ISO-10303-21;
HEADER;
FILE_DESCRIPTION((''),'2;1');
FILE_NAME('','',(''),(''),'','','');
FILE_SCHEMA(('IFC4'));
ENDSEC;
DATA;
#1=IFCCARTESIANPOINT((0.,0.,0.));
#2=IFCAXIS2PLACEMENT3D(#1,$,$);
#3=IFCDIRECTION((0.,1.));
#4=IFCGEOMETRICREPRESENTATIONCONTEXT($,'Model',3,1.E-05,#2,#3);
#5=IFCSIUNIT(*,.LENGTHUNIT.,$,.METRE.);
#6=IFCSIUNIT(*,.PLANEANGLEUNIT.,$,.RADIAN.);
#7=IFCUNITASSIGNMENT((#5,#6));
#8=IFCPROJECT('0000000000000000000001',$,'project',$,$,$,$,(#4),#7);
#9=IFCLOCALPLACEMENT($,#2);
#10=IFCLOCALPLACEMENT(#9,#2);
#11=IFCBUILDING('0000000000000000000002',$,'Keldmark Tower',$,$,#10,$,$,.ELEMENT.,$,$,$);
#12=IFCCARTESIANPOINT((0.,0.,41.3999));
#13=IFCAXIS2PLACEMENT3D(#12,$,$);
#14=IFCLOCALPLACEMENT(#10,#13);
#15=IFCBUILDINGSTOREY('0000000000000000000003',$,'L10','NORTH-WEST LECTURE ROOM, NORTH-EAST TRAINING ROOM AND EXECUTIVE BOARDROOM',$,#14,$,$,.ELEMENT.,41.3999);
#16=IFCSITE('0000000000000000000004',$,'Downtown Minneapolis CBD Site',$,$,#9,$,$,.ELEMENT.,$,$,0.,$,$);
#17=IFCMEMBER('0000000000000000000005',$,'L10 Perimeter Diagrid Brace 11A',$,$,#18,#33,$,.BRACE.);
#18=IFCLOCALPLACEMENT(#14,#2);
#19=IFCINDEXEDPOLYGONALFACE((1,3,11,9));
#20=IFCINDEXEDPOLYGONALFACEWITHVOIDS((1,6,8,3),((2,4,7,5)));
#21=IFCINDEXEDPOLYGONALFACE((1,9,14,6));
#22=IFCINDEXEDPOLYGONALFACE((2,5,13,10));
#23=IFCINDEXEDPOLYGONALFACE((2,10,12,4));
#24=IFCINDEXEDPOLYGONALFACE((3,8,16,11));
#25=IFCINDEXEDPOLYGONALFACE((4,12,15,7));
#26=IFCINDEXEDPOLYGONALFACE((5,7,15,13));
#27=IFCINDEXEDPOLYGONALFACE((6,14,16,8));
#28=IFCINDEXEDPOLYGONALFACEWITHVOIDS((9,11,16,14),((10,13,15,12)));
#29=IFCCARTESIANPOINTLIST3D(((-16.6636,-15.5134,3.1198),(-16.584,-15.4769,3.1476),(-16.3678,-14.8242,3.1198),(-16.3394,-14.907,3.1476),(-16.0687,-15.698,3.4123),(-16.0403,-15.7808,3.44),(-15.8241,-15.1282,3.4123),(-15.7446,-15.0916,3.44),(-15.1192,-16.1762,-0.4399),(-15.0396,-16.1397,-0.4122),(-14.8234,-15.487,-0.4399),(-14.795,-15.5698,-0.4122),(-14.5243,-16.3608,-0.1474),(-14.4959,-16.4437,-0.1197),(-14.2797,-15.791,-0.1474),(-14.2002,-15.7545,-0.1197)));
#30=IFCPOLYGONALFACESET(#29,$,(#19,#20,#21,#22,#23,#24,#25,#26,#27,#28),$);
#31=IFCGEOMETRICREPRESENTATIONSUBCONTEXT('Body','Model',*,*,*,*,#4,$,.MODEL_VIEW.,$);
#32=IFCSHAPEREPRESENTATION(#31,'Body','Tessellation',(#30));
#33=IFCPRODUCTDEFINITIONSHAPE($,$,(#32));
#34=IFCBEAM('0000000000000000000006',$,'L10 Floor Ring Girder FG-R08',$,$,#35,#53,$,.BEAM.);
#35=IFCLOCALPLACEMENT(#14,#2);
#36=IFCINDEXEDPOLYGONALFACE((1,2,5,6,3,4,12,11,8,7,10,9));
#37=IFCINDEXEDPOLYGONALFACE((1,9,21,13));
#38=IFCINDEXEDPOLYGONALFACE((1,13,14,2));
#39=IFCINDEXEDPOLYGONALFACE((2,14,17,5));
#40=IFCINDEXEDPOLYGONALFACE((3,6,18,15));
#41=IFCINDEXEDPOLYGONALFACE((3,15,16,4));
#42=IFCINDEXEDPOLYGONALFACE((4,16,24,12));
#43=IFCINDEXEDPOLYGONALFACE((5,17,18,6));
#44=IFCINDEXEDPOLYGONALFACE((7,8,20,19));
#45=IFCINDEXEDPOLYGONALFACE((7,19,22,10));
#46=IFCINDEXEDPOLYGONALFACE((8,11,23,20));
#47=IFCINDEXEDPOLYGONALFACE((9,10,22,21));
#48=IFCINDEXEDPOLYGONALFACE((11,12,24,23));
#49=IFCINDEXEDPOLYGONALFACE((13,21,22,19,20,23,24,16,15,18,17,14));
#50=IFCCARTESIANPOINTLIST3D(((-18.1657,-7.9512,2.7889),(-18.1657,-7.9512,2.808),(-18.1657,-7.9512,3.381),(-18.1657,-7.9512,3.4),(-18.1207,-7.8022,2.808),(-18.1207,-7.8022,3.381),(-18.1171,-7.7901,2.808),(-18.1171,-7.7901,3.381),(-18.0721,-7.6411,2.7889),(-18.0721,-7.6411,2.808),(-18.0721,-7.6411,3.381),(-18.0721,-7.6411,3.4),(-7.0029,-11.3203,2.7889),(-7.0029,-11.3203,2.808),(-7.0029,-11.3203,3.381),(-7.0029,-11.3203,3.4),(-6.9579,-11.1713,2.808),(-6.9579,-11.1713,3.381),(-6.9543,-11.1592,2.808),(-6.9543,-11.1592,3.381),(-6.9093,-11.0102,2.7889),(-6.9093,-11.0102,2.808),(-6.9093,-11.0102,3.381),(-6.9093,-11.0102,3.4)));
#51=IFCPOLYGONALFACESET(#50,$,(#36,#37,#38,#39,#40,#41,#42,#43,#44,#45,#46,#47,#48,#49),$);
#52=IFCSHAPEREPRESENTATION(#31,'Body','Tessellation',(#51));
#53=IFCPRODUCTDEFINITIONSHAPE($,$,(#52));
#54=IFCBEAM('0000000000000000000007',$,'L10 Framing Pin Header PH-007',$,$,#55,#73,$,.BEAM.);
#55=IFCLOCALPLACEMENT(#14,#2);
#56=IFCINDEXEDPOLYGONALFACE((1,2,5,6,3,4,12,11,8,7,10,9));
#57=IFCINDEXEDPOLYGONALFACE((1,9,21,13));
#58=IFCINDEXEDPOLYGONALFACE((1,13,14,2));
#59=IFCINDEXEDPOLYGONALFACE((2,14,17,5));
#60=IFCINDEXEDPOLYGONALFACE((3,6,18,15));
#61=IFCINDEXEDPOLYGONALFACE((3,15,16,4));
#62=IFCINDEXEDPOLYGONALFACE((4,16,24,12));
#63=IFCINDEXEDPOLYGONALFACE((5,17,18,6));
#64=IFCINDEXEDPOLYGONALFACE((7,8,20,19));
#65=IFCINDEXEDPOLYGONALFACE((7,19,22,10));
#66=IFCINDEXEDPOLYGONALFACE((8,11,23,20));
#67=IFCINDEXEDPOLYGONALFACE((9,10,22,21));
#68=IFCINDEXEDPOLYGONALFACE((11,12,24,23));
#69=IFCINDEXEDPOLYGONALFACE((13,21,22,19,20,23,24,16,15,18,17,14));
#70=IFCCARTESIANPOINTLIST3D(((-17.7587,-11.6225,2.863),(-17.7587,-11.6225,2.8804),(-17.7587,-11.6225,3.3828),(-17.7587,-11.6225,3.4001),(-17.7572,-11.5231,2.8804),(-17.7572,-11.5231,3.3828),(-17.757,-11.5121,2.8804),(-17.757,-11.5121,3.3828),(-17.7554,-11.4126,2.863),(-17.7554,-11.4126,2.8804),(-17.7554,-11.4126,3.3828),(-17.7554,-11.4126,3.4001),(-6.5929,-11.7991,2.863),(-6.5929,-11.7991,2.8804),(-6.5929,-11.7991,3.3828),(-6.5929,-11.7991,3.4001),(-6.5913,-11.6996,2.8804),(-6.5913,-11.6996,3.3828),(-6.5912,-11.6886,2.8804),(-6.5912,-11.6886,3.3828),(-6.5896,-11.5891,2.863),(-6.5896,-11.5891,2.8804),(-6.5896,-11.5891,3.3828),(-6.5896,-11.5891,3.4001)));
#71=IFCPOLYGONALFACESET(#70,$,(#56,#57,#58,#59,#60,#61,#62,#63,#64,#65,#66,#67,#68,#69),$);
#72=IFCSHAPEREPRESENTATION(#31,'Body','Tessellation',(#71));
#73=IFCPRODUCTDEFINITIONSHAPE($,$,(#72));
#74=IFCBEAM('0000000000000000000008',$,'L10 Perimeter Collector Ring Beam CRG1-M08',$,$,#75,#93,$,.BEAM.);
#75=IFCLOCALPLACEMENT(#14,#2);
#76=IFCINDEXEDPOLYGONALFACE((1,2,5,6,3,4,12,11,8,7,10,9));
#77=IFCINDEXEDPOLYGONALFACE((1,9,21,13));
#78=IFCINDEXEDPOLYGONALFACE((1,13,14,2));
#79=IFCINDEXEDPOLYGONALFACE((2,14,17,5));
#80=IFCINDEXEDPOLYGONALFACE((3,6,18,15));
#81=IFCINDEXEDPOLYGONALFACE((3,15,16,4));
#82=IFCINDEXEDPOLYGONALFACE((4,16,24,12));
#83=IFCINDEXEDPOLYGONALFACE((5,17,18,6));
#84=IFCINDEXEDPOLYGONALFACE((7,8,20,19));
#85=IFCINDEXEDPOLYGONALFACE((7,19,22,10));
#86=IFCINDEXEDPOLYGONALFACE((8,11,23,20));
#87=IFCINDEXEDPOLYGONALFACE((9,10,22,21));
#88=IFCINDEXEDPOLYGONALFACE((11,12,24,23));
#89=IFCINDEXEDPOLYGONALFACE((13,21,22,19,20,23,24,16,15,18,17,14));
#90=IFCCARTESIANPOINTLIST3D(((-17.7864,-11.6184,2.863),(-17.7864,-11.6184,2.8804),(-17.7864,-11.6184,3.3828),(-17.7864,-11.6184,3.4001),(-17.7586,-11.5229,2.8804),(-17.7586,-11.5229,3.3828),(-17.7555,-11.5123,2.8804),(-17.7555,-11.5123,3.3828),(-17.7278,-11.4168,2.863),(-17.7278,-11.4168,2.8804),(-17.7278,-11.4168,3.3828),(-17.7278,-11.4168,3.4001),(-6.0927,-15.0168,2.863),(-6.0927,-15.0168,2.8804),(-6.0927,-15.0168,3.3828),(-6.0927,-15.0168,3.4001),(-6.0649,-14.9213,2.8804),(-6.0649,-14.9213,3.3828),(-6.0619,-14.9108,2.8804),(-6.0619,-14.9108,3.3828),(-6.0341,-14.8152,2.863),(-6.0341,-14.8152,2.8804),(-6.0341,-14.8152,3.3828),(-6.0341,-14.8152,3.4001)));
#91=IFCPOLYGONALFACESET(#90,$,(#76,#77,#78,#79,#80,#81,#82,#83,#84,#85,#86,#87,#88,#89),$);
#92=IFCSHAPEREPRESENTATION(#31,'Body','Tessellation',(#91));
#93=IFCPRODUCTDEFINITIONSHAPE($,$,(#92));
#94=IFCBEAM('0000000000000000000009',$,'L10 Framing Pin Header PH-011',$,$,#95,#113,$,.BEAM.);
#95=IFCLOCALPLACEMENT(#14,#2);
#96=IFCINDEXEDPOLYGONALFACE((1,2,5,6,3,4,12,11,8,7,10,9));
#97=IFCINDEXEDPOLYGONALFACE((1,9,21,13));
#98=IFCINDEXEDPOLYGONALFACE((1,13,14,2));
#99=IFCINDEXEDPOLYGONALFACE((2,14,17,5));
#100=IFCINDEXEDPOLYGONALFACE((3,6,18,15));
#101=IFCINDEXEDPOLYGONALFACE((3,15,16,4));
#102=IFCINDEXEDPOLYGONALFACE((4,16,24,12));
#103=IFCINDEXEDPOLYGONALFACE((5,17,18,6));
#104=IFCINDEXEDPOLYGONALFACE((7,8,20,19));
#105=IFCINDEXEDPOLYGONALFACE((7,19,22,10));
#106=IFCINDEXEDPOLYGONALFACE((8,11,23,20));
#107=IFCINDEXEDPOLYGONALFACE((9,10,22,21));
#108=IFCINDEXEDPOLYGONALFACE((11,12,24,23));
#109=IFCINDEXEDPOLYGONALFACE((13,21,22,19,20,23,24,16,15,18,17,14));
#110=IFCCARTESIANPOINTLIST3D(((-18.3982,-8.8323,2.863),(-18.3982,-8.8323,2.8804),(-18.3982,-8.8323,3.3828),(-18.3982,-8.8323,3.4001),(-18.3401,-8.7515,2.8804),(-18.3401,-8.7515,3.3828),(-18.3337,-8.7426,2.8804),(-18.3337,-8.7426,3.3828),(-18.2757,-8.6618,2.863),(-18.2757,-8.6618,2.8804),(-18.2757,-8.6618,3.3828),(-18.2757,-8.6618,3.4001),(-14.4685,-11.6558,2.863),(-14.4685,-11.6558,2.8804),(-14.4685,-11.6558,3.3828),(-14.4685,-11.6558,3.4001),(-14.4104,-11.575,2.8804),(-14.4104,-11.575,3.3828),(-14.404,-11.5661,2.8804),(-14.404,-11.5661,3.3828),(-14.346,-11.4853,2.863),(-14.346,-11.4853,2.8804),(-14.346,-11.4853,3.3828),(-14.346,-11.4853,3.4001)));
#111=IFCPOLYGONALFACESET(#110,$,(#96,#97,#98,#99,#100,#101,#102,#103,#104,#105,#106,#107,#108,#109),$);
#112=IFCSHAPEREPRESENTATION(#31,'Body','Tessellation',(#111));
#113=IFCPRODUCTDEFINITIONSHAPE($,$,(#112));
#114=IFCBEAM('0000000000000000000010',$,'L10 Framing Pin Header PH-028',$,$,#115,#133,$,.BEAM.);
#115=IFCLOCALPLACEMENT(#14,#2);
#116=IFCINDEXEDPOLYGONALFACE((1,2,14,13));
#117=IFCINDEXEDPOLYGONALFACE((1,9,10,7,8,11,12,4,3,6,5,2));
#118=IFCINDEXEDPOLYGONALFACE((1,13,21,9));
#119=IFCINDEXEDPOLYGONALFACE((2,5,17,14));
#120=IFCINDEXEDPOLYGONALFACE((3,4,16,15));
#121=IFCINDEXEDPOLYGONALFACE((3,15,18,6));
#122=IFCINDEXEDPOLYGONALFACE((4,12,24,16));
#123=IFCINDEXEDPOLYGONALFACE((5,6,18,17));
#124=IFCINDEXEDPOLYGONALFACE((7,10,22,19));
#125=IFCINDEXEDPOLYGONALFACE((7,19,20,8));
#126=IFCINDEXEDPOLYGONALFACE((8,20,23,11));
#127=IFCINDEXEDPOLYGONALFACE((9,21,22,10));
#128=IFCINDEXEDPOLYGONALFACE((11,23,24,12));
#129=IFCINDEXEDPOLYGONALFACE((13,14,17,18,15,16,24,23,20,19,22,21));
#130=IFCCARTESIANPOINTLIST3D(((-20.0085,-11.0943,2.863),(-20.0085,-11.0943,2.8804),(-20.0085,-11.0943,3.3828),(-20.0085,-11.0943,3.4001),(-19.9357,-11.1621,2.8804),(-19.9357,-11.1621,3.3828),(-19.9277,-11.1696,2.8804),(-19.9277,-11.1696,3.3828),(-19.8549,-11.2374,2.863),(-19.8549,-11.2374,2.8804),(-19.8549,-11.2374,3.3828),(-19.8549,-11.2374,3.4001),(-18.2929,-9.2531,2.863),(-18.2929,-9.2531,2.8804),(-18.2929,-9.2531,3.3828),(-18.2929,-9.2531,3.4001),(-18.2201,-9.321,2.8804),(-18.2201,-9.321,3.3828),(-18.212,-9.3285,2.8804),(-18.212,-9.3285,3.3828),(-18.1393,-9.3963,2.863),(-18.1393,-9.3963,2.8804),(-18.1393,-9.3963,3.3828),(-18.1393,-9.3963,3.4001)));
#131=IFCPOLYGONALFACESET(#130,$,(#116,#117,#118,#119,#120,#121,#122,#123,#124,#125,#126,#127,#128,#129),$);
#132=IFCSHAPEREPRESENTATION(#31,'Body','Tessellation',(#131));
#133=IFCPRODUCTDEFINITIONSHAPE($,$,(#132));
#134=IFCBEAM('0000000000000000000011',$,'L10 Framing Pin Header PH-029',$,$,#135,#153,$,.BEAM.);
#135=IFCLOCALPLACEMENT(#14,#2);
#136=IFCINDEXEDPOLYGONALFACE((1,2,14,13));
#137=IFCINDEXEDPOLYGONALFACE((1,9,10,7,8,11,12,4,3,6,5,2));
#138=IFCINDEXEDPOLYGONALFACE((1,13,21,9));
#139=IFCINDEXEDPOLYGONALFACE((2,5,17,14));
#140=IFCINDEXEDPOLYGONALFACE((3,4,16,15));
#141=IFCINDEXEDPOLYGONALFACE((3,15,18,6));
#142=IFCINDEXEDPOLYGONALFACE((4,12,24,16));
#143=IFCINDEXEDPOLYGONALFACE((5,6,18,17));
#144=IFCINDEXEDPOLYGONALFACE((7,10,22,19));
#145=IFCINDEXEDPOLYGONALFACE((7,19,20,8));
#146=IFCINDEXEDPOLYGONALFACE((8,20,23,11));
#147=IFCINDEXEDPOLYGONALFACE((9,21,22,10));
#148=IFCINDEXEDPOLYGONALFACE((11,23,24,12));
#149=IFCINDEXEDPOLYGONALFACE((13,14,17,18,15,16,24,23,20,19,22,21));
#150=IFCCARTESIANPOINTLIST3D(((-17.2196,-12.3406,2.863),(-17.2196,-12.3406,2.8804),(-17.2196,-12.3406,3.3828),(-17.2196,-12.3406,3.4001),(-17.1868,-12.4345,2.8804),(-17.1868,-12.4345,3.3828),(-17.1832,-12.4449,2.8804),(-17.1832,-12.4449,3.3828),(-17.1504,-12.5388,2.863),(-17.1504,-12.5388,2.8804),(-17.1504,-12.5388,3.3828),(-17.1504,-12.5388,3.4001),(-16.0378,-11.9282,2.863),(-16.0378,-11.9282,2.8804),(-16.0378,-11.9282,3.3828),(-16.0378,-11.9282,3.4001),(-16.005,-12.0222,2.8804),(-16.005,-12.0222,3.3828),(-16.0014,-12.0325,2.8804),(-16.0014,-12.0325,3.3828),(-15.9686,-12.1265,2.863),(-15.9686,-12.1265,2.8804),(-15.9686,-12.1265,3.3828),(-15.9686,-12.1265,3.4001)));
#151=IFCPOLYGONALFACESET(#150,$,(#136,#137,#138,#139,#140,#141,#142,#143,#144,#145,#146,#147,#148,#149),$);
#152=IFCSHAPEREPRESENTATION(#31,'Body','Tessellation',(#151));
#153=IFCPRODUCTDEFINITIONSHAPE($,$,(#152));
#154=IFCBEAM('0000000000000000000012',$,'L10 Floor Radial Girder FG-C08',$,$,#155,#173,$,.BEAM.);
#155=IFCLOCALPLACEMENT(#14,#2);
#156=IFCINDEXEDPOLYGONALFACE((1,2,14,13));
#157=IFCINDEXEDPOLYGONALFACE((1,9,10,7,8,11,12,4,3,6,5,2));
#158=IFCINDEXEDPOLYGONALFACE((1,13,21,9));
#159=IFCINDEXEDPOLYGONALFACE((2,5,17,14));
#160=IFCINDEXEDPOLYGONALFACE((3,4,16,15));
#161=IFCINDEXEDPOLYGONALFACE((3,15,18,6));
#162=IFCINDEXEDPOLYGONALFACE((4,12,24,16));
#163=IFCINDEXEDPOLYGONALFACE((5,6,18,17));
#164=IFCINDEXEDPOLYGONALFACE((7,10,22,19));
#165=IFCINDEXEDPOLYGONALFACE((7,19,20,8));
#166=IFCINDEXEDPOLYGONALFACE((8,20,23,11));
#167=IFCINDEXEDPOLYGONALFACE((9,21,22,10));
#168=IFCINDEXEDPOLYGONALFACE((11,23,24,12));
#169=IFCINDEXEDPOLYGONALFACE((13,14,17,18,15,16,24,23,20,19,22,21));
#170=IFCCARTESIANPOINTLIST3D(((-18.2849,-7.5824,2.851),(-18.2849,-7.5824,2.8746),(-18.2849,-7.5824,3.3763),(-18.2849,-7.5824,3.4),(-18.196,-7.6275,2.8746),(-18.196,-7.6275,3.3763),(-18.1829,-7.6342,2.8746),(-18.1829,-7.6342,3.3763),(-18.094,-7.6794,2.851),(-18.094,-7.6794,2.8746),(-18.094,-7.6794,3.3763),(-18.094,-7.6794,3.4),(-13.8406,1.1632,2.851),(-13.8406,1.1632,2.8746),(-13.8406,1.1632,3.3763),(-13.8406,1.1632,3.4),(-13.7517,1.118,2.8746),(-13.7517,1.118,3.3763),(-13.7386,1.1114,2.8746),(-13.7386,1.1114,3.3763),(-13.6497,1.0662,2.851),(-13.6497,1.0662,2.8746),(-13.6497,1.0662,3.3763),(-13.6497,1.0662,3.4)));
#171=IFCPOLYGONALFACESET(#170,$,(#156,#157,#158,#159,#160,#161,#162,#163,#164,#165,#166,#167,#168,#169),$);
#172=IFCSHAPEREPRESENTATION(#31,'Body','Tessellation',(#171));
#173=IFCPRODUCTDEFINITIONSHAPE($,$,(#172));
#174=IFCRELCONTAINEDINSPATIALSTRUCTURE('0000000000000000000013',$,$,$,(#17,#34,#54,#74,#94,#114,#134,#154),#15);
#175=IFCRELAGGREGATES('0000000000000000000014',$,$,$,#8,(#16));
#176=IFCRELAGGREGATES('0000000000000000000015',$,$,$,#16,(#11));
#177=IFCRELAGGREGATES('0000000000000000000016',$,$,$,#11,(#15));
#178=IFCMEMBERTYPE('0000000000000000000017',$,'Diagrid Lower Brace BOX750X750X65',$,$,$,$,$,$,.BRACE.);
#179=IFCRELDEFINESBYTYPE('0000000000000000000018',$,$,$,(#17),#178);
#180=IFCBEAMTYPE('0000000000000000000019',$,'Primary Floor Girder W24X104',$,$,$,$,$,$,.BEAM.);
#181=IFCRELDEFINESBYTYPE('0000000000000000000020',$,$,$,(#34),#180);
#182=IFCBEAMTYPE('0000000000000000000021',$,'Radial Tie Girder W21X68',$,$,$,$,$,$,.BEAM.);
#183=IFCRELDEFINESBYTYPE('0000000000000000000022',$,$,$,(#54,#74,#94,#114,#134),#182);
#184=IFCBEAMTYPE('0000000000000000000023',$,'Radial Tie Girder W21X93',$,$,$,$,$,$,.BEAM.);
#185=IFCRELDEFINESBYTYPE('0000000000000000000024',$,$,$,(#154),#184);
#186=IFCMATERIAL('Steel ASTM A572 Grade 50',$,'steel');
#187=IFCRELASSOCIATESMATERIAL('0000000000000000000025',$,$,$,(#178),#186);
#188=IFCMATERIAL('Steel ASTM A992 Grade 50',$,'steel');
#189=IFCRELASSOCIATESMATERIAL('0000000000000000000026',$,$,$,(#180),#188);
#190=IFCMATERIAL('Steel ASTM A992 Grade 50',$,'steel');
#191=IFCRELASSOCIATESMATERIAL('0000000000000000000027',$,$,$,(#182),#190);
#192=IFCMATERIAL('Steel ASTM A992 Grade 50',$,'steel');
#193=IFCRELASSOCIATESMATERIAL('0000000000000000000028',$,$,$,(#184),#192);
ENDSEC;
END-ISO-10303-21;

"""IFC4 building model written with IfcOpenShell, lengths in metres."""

from ifc_helpers import new_model, si_unit, direction, frame, origin, origin_2d, place, context, subcontext, project, spatial, hollow_rectangle, i_section, extrude, material, material_profile, profile_set, type_object, element, save


model = new_model("IFC4")

# Units and contexts
model_context = context("Model", 3, precision=1e-05, world=origin(), true_north=direction((0.0, 1.0)))
body_context = subcontext(model_context, "Body", "Model", "MODEL_VIEW")
ifc_project = project(units=[si_unit("LENGTHUNIT", "METRE"), si_unit("PLANEANGLEUNIT", "RADIAN")], contexts=[model_context])

# Site, building, storey
site_placement = place(None, origin())
site = spatial("IfcSite", under=ifc_project, at=site_placement, Name="Downtown Minneapolis CBD Site", CompositionType="ELEMENT", RefElevation=0.0)
building_placement = place(site_placement, origin())
building = spatial("IfcBuilding", under=site, at=building_placement, Name="Keldmark Tower", CompositionType="ELEMENT")
storey_placement = place(building_placement, frame((0.0, 0.0, 41.3999)))
storey = spatial("IfcBuildingStorey", under=building, at=storey_placement, Name="L10", Description="NORTH-WEST LECTURE ROOM, NORTH-EAST TRAINING ROOM AND EXECUTIVE BOARDROOM", CompositionType="ELEMENT", Elevation=41.3999)

# Member
ifc_material_1 = material(Name="Steel ASTM A572 Grade 50", Category="steel")
ifc_material_profile_1 = material_profile(ifc_material_1, hollow_rectangle(XDim=0.75, YDim=0.75, WallThickness=0.0649, at=origin_2d()), Name="BOX750X750X65")
ifc_profile_set_1 = profile_set([ifc_material_profile_1], Name="Steel ASTM A572 Grade 50")
member_type = type_object("IfcMemberType", Name="Diagrid Lower Brace BOX750X750X65", PredefinedType="BRACE", material=ifc_profile_set_1)
member_placement = place(storey_placement, frame((-14.6597, -15.9653, -0.2798), z_axis=(-0.392326, 0.168379, 0.904284), x_axis=(-0.394393, -0.918942, 0.0)))
element("IfcMember", 1, at=member_placement, inside=storey, type_object=member_type, Name="L10 Perimeter Diagrid Brace 11A", PredefinedType="BRACE", context=body_context, shape_type="SweptSolid", body=[
    extrude(hollow_rectangle(XDim=0.75, YDim=0.75, WallThickness=0.0649, at=origin_2d()), origin(), (0.0, 0.0, 1.0), 3.9365),
])

# Beams
ifc_material_2 = material(Name="Steel ASTM A992 Grade 50", Category="steel")
ifc_material_profile_2 = material_profile(ifc_material_2, i_section(OverallWidth=0.324, OverallDepth=0.6111, WebThickness=0.0127, FlangeThickness=0.019, at=origin_2d()), Name="W24X104")
ifc_profile_set_2 = profile_set([ifc_material_profile_2], Name="Steel ASTM A992 Grade 50")
beam_type_1 = type_object("IfcBeamType", Name="Primary Floor Girder W24X104", PredefinedType="BEAM", material=ifc_profile_set_2)
beam_1_placement = place(storey_placement, frame((-18.1189, -7.7961, 3.0945), z_axis=(0.957346, -0.288944, 0.0), x_axis=(0.288944, 0.957346, 0.0)))
element("IfcBeam", 2, at=beam_1_placement, inside=storey, type_object=beam_type_1, Name="L10 Floor Ring Girder FG-R08", PredefinedType="BEAM", context=body_context, shape_type="SweptSolid", body=[
    extrude(i_section(OverallWidth=0.324, OverallDepth=0.6111, WebThickness=0.0127, FlangeThickness=0.019, at=origin_2d()), origin(), (0.0, 0.0, 1.0), 11.6602),
])
ifc_material_3 = material(Name="Steel ASTM A992 Grade 50", Category="steel")
ifc_material_profile_3 = material_profile(ifc_material_3, i_section(OverallWidth=0.21, OverallDepth=0.5371, WebThickness=0.011, FlangeThickness=0.0173, at=origin_2d()), Name="W21X68")
ifc_profile_set_3 = profile_set([ifc_material_profile_3], Name="Steel ASTM A992 Grade 50")
beam_type_2 = type_object("IfcBeamType", Name="Radial Tie Girder W21X68", PredefinedType="BEAM", material=ifc_profile_set_3)
beam_2_placement = place(storey_placement, frame((-17.7571, -11.5176, 3.1316), z_axis=(0.999875, -0.015806, 0.0), x_axis=(0.015806, 0.999875, 0.0)))
element("IfcBeam", 3, at=beam_2_placement, inside=storey, type_object=beam_type_2, Name="L10 Framing Pin Header PH-007", PredefinedType="BEAM", context=body_context, shape_type="SweptSolid", body=[
    extrude(i_section(OverallWidth=0.21, OverallDepth=0.5371, WebThickness=0.011, FlangeThickness=0.0173, at=origin_2d()), origin(), (0.0, 0.0, 1.0), 11.1672),
])
beam_3_placement = place(storey_placement, frame((-17.7571, -11.5176, 3.1316), z_axis=(0.960269, -0.279077, 0.0), x_axis=(0.279077, 0.960269, 0.0)))
element("IfcBeam", 4, at=beam_3_placement, inside=storey, type_object=beam_type_2, Name="L10 Perimeter Collector Ring Beam CRG1-M08", PredefinedType="BEAM", context=body_context, shape_type="SweptSolid", body=[
    extrude(i_section(OverallWidth=0.21, OverallDepth=0.5371, WebThickness=0.011, FlangeThickness=0.0173, at=origin_2d()), origin(), (0.0, 0.0, 1.0), 12.1775),
])
beam_4_placement = place(storey_placement, frame((-14.4072, -11.5706, 3.1316), z_axis=(-0.812111, 0.583503, 0.0), x_axis=(-0.583503, -0.812111, 0.0)))
element("IfcBeam", 5, at=beam_4_placement, inside=storey, type_object=beam_type_2, Name="L10 Framing Pin Header PH-011", PredefinedType="BEAM", context=body_context, shape_type="SweptSolid", body=[
    extrude(i_section(OverallWidth=0.21, OverallDepth=0.5371, WebThickness=0.011, FlangeThickness=0.0173, at=origin_2d()), origin(), (0.0, 0.0, 1.0), 4.8389),
])
beam_5_placement = place(storey_placement, frame((-18.2161, -9.3247, 3.1316), z_axis=(-0.681734, -0.7316, 0.0), x_axis=(0.7316, -0.681734, 0.0)))
element("IfcBeam", 6, at=beam_5_placement, inside=storey, type_object=beam_type_2, Name="L10 Framing Pin Header PH-028", PredefinedType="BEAM", context=body_context, shape_type="SweptSolid", body=[
    extrude(i_section(OverallWidth=0.21, OverallDepth=0.5371, WebThickness=0.011, FlangeThickness=0.0173, at=origin_2d()), origin(), (0.0, 0.0, 1.0), 2.5166),
])
beam_6_placement = place(storey_placement, frame((-16.0032, -12.0273, 3.1316), z_axis=(-0.944183, -0.329421, 0.0), x_axis=(0.329421, -0.944183, 0.0)))
element("IfcBeam", 7, at=beam_6_placement, inside=storey, type_object=beam_type_2, Name="L10 Framing Pin Header PH-029", PredefinedType="BEAM", context=body_context, shape_type="SweptSolid", body=[
    extrude(i_section(OverallWidth=0.21, OverallDepth=0.5371, WebThickness=0.011, FlangeThickness=0.0173, at=origin_2d()), origin(), (0.0, 0.0, 1.0), 1.2517),
])
ifc_material_4 = material(Name="Steel ASTM A992 Grade 50", Category="steel")
ifc_material_profile_4 = material_profile(ifc_material_4, i_section(OverallWidth=0.2141, OverallDepth=0.5491, WebThickness=0.0146, FlangeThickness=0.0237, at=origin_2d()), Name="W21X93")
ifc_profile_set_4 = profile_set([ifc_material_profile_4], Name="Steel ASTM A992 Grade 50")
beam_type_3 = type_object("IfcBeamType", Name="Radial Tie Girder W21X93", PredefinedType="BEAM", material=ifc_profile_set_4)
beam_7_placement = place(storey_placement, frame((-18.1895, -7.6309, 3.1255), z_axis=(0.453038, 0.891491, 0.0), x_axis=(-0.891491, 0.453038, 0.0)))
element("IfcBeam", 8, at=beam_7_placement, inside=storey, type_object=beam_type_3, Name="L10 Floor Radial Girder FG-C08", PredefinedType="BEAM", context=body_context, shape_type="SweptSolid", body=[
    extrude(i_section(OverallWidth=0.2141, OverallDepth=0.5491, WebThickness=0.0146, FlangeThickness=0.0237, at=origin_2d()), origin(), (0.0, 0.0, 1.0), 9.8101),
])

save(model, "model.ifc")
